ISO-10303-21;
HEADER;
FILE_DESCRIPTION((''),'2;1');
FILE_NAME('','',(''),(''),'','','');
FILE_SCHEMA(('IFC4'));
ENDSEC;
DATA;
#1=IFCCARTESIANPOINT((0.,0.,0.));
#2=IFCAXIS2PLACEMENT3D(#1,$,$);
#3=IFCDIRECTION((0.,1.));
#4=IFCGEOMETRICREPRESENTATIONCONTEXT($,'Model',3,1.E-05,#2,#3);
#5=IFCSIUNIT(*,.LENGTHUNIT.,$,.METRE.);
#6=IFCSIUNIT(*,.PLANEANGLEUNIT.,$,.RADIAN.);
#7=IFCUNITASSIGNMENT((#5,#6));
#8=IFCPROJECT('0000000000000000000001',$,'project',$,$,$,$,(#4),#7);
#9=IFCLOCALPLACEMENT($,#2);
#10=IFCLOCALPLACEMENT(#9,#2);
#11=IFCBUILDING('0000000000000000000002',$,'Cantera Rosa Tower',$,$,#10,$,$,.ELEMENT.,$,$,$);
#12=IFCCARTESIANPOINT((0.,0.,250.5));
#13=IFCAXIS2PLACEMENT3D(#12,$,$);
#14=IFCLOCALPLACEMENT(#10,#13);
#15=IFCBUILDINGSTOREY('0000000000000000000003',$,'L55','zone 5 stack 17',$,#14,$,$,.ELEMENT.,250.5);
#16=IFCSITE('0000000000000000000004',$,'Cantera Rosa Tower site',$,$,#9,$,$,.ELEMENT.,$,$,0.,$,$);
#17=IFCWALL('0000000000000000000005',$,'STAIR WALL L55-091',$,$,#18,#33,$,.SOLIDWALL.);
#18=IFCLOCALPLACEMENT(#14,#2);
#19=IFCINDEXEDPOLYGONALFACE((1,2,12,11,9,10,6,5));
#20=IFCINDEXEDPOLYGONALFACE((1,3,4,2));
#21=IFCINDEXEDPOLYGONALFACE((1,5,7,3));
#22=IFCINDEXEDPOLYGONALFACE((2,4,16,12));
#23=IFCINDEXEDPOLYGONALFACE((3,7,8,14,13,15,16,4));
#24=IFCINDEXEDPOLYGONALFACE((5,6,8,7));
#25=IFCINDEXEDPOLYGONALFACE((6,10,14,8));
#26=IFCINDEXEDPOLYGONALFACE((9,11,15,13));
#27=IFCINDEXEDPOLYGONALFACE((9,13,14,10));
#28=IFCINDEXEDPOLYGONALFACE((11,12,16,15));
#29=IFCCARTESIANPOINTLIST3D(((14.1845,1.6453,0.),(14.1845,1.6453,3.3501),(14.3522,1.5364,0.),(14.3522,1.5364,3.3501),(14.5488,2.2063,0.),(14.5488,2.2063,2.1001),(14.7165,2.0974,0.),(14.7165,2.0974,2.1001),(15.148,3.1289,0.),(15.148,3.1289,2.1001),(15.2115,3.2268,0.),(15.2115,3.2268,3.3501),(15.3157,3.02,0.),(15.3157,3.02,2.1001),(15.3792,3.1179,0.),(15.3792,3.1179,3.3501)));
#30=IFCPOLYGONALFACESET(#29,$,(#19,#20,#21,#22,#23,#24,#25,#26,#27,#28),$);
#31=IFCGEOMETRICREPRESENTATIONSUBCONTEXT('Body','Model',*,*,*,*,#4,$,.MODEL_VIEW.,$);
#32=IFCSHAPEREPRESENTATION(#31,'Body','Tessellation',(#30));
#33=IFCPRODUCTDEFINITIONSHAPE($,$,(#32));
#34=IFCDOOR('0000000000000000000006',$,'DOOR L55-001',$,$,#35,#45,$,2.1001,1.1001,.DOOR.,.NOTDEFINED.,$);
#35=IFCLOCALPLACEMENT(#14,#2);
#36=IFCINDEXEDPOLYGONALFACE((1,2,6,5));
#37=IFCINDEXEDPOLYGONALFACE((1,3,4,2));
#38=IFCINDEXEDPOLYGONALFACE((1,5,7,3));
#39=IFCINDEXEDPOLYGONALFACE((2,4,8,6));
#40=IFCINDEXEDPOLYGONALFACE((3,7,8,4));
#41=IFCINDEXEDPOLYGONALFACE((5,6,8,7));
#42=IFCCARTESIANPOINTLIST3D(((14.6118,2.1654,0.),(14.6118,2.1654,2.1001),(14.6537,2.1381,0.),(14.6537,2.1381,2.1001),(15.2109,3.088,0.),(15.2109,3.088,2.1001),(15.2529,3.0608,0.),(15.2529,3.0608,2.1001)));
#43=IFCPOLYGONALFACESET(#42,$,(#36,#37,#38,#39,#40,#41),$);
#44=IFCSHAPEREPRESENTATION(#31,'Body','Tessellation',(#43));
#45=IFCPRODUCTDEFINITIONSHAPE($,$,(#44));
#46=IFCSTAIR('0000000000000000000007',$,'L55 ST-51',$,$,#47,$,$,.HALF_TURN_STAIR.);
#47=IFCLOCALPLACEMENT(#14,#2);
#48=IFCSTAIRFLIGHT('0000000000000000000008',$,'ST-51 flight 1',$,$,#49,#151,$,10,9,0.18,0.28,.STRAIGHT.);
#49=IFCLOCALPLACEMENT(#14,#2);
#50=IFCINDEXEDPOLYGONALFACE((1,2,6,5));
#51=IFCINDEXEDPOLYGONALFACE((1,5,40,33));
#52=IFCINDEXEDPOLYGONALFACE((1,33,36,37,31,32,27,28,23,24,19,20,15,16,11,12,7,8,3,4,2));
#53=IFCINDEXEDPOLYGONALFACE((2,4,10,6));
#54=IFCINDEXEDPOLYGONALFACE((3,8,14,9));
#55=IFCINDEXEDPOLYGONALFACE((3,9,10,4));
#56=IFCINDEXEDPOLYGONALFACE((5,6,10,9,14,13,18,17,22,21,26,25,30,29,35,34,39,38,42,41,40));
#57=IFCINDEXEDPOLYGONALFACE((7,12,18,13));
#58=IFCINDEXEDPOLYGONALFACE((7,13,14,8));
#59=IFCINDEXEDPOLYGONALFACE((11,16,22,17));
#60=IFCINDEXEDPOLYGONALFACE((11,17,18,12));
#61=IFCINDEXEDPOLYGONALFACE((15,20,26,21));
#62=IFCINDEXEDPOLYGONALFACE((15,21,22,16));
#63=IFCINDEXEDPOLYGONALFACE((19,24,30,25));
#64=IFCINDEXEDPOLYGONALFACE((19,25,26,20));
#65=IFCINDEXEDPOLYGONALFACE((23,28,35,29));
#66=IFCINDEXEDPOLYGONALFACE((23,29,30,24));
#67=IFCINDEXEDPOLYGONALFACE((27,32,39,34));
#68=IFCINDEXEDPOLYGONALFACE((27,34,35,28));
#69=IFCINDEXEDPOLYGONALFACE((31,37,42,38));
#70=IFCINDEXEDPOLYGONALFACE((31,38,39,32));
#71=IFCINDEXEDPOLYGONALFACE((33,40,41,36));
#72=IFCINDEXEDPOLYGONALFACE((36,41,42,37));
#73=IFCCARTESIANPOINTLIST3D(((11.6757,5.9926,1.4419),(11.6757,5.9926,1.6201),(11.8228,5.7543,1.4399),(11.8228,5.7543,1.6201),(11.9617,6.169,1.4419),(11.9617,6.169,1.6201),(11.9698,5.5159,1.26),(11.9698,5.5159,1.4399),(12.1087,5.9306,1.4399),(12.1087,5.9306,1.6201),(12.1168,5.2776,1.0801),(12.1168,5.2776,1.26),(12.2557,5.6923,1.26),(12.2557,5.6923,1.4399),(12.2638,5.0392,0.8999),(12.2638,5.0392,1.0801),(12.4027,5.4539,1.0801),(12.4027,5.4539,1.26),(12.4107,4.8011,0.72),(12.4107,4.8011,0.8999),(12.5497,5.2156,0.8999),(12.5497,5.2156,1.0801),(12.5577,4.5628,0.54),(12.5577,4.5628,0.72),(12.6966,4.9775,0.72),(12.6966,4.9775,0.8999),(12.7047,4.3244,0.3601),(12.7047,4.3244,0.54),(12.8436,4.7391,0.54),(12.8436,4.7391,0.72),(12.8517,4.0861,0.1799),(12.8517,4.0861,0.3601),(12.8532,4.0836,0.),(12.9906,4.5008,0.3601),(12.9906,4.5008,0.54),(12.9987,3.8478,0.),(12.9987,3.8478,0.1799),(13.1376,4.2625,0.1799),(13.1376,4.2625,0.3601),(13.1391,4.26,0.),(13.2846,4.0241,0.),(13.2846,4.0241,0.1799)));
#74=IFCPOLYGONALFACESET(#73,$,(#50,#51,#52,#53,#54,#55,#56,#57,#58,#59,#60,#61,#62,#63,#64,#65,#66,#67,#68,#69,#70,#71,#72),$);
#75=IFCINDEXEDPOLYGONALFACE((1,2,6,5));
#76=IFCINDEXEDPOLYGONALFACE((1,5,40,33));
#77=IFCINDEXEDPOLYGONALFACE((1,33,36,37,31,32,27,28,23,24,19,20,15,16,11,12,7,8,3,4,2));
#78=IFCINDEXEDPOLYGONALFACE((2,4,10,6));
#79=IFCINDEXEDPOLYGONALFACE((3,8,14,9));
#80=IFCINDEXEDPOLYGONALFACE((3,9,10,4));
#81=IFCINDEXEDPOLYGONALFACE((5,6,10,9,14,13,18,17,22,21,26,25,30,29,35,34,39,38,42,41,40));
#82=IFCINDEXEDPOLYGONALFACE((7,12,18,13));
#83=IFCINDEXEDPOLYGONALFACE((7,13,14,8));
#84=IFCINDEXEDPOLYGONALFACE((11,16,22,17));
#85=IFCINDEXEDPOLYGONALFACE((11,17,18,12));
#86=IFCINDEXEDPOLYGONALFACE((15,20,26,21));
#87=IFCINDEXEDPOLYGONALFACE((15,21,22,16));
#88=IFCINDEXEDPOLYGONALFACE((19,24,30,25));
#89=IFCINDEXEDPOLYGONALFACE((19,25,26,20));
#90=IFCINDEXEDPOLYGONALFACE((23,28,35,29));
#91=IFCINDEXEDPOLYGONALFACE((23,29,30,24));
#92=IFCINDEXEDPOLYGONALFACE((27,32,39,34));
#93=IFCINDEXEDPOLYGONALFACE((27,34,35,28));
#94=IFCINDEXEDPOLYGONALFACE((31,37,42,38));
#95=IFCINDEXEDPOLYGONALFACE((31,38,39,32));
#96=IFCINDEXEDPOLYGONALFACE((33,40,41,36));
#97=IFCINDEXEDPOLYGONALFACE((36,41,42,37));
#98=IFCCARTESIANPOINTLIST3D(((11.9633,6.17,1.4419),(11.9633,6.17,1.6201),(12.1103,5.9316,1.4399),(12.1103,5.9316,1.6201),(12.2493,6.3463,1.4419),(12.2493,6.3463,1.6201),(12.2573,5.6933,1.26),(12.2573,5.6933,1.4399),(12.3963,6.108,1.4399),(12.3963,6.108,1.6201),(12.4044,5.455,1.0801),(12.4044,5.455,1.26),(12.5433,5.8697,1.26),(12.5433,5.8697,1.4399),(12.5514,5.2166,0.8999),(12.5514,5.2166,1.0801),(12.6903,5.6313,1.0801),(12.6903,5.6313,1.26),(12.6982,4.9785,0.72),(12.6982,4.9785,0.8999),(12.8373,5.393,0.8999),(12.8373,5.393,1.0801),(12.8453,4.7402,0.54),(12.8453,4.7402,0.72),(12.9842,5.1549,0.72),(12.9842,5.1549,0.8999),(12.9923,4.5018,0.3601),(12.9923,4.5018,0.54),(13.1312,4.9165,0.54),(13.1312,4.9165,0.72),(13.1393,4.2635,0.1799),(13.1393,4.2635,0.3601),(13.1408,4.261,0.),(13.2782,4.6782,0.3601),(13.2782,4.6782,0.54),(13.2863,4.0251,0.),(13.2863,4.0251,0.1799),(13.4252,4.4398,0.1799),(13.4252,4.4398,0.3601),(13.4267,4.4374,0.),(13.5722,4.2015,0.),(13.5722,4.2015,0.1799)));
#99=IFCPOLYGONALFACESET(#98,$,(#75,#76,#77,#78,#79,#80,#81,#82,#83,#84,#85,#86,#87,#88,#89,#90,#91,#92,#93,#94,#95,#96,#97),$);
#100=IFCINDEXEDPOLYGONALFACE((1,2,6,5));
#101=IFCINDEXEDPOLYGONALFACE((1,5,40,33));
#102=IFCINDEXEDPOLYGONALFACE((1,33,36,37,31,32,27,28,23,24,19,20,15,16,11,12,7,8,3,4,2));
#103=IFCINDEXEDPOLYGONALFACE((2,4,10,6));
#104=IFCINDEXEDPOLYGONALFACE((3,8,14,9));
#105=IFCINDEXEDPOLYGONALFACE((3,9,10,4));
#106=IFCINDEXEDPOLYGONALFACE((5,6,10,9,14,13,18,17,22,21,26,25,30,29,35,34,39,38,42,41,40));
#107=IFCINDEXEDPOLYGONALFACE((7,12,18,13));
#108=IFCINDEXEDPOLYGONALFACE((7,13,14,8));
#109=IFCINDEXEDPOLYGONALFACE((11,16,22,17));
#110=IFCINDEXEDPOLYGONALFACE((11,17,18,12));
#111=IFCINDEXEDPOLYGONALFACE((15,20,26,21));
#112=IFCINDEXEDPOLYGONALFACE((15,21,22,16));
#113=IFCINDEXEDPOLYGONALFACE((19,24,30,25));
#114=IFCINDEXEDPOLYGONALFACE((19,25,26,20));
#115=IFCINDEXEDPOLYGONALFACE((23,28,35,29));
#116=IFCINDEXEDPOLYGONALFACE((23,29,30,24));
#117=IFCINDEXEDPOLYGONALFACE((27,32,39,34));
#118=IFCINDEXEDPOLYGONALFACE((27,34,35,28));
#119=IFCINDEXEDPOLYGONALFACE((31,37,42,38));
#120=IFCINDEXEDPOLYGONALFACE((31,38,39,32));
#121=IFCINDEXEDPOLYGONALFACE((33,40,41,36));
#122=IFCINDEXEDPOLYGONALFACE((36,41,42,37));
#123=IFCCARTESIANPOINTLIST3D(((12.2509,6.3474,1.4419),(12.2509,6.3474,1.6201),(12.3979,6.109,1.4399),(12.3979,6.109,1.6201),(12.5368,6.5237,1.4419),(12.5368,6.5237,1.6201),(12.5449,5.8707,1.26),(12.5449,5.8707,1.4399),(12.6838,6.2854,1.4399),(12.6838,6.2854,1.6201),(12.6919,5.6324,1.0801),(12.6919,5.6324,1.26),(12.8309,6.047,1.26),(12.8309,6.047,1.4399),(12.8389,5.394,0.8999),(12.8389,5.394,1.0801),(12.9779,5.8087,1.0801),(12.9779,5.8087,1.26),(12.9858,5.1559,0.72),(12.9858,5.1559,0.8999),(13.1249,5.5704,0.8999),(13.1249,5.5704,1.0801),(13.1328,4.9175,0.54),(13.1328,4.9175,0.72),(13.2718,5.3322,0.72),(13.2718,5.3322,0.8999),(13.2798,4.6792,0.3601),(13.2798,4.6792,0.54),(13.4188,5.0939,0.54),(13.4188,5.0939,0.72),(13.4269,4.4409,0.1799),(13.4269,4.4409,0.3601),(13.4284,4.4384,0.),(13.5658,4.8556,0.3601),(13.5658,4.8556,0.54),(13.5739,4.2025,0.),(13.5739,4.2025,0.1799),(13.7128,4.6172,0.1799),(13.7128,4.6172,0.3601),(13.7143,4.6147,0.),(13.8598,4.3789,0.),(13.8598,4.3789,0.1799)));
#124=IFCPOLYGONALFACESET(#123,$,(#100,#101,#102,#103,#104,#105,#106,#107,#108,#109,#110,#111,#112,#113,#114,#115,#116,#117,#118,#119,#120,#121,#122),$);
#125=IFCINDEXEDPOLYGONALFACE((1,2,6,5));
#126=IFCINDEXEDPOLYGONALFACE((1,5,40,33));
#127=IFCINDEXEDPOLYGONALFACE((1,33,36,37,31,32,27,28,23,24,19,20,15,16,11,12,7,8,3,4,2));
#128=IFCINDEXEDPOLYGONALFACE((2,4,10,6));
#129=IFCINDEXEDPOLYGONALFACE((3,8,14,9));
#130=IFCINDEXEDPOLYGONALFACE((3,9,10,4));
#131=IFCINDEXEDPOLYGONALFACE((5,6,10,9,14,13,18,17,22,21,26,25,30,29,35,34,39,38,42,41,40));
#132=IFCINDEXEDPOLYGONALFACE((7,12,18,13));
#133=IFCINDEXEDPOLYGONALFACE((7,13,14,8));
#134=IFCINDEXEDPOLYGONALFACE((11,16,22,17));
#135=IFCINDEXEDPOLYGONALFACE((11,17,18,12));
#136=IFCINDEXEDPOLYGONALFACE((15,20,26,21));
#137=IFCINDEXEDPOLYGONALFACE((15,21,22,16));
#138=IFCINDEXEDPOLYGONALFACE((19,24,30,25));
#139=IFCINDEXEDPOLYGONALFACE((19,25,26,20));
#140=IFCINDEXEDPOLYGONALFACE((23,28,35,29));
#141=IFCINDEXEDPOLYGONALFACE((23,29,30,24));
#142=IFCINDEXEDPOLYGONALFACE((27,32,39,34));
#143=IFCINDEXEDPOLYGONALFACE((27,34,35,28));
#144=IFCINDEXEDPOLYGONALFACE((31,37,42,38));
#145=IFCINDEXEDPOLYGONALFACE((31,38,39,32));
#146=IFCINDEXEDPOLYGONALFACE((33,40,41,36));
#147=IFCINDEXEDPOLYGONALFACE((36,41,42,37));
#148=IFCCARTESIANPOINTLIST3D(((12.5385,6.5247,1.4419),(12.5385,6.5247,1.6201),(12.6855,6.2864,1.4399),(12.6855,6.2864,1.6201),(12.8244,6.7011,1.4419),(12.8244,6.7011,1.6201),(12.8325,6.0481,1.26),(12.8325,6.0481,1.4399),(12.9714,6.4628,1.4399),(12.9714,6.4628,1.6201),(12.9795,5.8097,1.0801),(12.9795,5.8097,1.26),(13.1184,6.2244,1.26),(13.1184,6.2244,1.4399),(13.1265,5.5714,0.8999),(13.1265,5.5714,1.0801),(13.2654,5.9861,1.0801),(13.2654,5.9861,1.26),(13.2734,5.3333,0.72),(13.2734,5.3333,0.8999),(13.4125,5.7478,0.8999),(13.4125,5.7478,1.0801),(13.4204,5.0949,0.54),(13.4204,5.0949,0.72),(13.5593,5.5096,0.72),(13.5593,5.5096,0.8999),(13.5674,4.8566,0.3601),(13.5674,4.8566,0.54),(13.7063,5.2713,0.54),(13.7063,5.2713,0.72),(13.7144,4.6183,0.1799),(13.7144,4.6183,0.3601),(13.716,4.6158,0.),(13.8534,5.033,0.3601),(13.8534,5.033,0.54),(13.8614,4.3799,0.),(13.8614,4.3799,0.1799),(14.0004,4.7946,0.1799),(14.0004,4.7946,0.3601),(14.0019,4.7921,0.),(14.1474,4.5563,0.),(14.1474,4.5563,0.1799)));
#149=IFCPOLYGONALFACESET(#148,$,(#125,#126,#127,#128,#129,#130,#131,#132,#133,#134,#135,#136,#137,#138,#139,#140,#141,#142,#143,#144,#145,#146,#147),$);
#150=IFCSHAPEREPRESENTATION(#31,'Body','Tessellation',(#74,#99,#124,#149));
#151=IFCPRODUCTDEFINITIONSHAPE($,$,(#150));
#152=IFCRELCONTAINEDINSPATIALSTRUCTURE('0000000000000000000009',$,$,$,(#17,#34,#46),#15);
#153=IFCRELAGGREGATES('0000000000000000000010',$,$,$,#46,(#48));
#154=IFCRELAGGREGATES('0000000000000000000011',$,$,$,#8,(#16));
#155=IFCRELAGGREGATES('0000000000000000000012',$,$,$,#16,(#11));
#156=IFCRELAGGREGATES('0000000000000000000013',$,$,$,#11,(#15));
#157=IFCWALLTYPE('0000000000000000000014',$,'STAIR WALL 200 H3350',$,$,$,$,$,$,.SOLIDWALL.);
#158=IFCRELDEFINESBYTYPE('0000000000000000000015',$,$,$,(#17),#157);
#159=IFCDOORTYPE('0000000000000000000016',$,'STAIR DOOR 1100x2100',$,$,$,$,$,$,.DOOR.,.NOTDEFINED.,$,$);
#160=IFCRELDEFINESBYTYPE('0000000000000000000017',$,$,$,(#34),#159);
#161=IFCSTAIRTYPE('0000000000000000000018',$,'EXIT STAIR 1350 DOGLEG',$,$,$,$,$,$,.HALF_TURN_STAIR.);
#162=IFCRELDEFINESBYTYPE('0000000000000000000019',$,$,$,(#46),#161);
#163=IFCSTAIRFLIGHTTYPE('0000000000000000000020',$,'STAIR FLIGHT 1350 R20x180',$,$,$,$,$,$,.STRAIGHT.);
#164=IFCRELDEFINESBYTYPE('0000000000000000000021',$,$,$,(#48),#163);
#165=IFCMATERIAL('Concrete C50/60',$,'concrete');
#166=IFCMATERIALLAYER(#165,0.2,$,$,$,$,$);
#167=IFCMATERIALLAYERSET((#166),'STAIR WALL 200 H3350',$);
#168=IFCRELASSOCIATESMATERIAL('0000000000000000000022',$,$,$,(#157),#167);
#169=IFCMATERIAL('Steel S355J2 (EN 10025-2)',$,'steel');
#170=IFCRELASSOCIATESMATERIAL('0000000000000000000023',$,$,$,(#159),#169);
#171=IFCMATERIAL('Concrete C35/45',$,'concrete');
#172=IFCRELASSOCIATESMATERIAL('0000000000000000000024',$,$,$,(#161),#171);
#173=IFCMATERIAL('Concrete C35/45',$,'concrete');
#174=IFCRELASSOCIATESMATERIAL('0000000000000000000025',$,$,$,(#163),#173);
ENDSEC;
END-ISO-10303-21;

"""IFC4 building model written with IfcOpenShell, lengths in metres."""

from ifc_helpers import new_model, si_unit, direction, frame, frame_2d, origin, place, context, subcontext, project, spatial, polyline, rectangle, outline, extrude, material, layer, layer_set, type_object, element, fill, aggregate, save


model = new_model("IFC4")

# Units and contexts
model_context = context("Model", 3, precision=1e-05, world=origin(), true_north=direction((0.0, 1.0)))
body_context = subcontext(model_context, "Body", "Model", "MODEL_VIEW")
ifc_project = project(units=[si_unit("LENGTHUNIT", "METRE"), si_unit("PLANEANGLEUNIT", "RADIAN")], contexts=[model_context])

# Site, building, storey
site_placement = place(None, origin())
site = spatial("IfcSite", under=ifc_project, at=site_placement, Name="Cantera Rosa Tower site", CompositionType="ELEMENT", RefElevation=0.0)
building_placement = place(site_placement, origin())
building = spatial("IfcBuilding", under=site, at=building_placement, Name="Cantera Rosa Tower", CompositionType="ELEMENT")
storey_placement = place(building_placement, frame((0.0, 0.0, 250.5)))
storey = spatial("IfcBuildingStorey", under=building, at=storey_placement, Name="L55", Description="zone 5 stack 17", CompositionType="ELEMENT", Elevation=250.5)

# Shared definitions
ifc_material_1 = material(Name="Concrete C50/60", Category="concrete")
ifc_layer_1 = layer(ifc_material_1, 0.2)
ifc_layer_set_1 = layer_set([ifc_layer_1], Name="STAIR WALL 200 H3350")
wall_type_1 = type_object("IfcWallType", Name="STAIR WALL 200 H3350", PredefinedType="SOLIDWALL", material=ifc_layer_set_1)

# Wall, opening, door
wall_1_placement = place(storey_placement, frame((14.2683, 1.5908, 0.0), z_axis=(0.0, 0.0, 1.0), x_axis=(0.544652, 0.838662, 0.0)))
wall_1 = element("IfcWall", 1, at=wall_1_placement, inside=storey, type_object=wall_type_1, Name="STAIR WALL L55-091", PredefinedType="SOLIDWALL", context=body_context, shape_type="SweptSolid", body=[
    extrude(rectangle(XDim=1.8857, YDim=0.2, at=frame_2d((0.9429, 0.0))), origin(), (0.0, 0.0, 1.0), 3.3501),
])
opening_1_placement = place(wall_1_placement, frame((0.6689, 0.0, 0.0)))
opening_1 = element("IfcOpeningElement", 2, at=opening_1_placement, cuts=wall_1, PredefinedType="OPENING", context=body_context, shape_type="SweptSolid", body=[
    extrude(rectangle(XDim=1.1001, YDim=2.1001, at=frame_2d((0.55, 1.05))), frame((0.0, 0.1099, 0.0), z_axis=(0.0, -1.0, 0.0), x_axis=(1.0, 0.0, 0.0)), (0.0, 0.0, 1.0), 0.22),
])
ifc_material_2 = material(Name="Steel S355J2 (EN 10025-2)", Category="steel")
door_type_1 = type_object("IfcDoorType", Name="STAIR DOOR 1100x2100", OperationType="NOTDEFINED", PredefinedType="DOOR", material=ifc_material_2)
door_1_placement = place(opening_1_placement, origin())
door_1 = element("IfcDoor", 3, at=door_1_placement, inside=storey, type_object=door_type_1, Name="DOOR L55-001", OperationType="NOTDEFINED", OverallHeight=2.1001, OverallWidth=1.1001, PredefinedType="DOOR", context=body_context, shape_type="SweptSolid", body=[
    extrude(rectangle(XDim=1.1001, YDim=2.1001, at=frame_2d((0.55, 1.05))), frame((0.0, 0.0249, 0.0), z_axis=(0.0, -1.0, 0.0), x_axis=(1.0, 0.0, 0.0)), (0.0, 0.0, 1.0), 0.05),
])
fill(opening_1, door_1)

# Stair, stair flight
ifc_material_3 = material(Name="Concrete C35/45", Category="concrete")
stair_type = type_object("IfcStairType", Name="EXIT STAIR 1350 DOGLEG", PredefinedType="HALF_TURN_STAIR", material=ifc_material_3)
stair_placement = place(storey_placement, origin())
stair = element("IfcStair", 4, at=stair_placement, inside=storey, type_object=stair_type, Name="L55 ST-51", PredefinedType="HALF_TURN_STAIR")
ifc_material_4 = material(Name="Concrete C35/45", Category="concrete")
stair_flight_type = type_object("IfcStairFlightType", Name="STAIR FLIGHT 1350 R20x180", PredefinedType="STRAIGHT", material=ifc_material_4)
stair_flight_placement = place(storey_placement, frame((13.5732, 4.2021, 0.0), z_axis=(0.0, 0.0, 1.0), x_axis=(-0.524977, 0.851117, 0.0)))
stair_flight = element("IfcStairFlight", 5, at=stair_flight_placement, type_object=stair_flight_type, Name="ST-51 flight 1", NumberOfRisers=10, NumberOfTreads=9, PredefinedType="STRAIGHT", RiserHeight=0.18, TreadLength=0.28, context=body_context, shape_type="SweptSolid", body=[
    extrude(outline(polyline([(0.0, 0.0), (0.0, 0.1799), (0.28, 0.1799), (0.28, 0.3601), (0.5601, 0.3601), (0.5601, 0.54), (0.8401, 0.54), (0.8401, 0.72), (1.1201, 0.72), (1.1201, 0.8999), (1.3999, 0.8999), (1.3999, 1.0801), (1.6799, 1.0801), (1.6799, 1.26), (1.96, 1.26), (1.96, 1.4399), (2.24, 1.4399), (2.24, 1.6201), (2.52, 1.6201), (2.52, 1.8), (2.52, 1.4419), (0.2771, 0.0), (0.0, 0.0)])), frame((0.0, 0.675, 0.0), z_axis=(0.0, -1.0, 0.0), x_axis=(1.0, 0.0, 0.0)), (0.0, 0.0, 1.0), 0.3359),
    extrude(outline(polyline([(0.0, 0.0), (0.0, 0.1799), (0.28, 0.1799), (0.28, 0.3601), (0.5601, 0.3601), (0.5601, 0.54), (0.8401, 0.54), (0.8401, 0.72), (1.1201, 0.72), (1.1201, 0.8999), (1.3999, 0.8999), (1.3999, 1.0801), (1.6799, 1.0801), (1.6799, 1.26), (1.96, 1.26), (1.96, 1.4399), (2.24, 1.4399), (2.24, 1.6201), (2.52, 1.6201), (2.52, 1.8), (2.52, 1.4419), (0.2771, 0.0), (0.0, 0.0)])), frame((0.0, 0.3372, 0.0), z_axis=(0.0, -1.0, 0.0), x_axis=(1.0, 0.0, 0.0)), (0.0, 0.0, 1.0), 0.3359),
    extrude(outline(polyline([(0.0, 0.0), (0.0, 0.1799), (0.28, 0.1799), (0.28, 0.3601), (0.5601, 0.3601), (0.5601, 0.54), (0.8401, 0.54), (0.8401, 0.72), (1.1201, 0.72), (1.1201, 0.8999), (1.3999, 0.8999), (1.3999, 1.0801), (1.6799, 1.0801), (1.6799, 1.26), (1.96, 1.26), (1.96, 1.4399), (2.24, 1.4399), (2.24, 1.6201), (2.52, 1.6201), (2.52, 1.8), (2.52, 1.4419), (0.2771, 0.0), (0.0, 0.0)])), frame((0.0, -0.0007, 0.0), z_axis=(0.0, -1.0, 0.0), x_axis=(1.0, 0.0, 0.0)), (0.0, 0.0, 1.0), 0.3359),
    extrude(outline(polyline([(0.0, 0.0), (0.0, 0.1799), (0.28, 0.1799), (0.28, 0.3601), (0.5601, 0.3601), (0.5601, 0.54), (0.8401, 0.54), (0.8401, 0.72), (1.1201, 0.72), (1.1201, 0.8999), (1.3999, 0.8999), (1.3999, 1.0801), (1.6799, 1.0801), (1.6799, 1.26), (1.96, 1.26), (1.96, 1.4399), (2.24, 1.4399), (2.24, 1.6201), (2.52, 1.6201), (2.52, 1.8), (2.52, 1.4419), (0.2771, 0.0), (0.0, 0.0)])), frame((0.0, -0.3386, 0.0), z_axis=(0.0, -1.0, 0.0), x_axis=(1.0, 0.0, 0.0)), (0.0, 0.0, 1.0), 0.3359),
])
aggregate(stair, [stair_flight])

save(model, "model.ifc")
